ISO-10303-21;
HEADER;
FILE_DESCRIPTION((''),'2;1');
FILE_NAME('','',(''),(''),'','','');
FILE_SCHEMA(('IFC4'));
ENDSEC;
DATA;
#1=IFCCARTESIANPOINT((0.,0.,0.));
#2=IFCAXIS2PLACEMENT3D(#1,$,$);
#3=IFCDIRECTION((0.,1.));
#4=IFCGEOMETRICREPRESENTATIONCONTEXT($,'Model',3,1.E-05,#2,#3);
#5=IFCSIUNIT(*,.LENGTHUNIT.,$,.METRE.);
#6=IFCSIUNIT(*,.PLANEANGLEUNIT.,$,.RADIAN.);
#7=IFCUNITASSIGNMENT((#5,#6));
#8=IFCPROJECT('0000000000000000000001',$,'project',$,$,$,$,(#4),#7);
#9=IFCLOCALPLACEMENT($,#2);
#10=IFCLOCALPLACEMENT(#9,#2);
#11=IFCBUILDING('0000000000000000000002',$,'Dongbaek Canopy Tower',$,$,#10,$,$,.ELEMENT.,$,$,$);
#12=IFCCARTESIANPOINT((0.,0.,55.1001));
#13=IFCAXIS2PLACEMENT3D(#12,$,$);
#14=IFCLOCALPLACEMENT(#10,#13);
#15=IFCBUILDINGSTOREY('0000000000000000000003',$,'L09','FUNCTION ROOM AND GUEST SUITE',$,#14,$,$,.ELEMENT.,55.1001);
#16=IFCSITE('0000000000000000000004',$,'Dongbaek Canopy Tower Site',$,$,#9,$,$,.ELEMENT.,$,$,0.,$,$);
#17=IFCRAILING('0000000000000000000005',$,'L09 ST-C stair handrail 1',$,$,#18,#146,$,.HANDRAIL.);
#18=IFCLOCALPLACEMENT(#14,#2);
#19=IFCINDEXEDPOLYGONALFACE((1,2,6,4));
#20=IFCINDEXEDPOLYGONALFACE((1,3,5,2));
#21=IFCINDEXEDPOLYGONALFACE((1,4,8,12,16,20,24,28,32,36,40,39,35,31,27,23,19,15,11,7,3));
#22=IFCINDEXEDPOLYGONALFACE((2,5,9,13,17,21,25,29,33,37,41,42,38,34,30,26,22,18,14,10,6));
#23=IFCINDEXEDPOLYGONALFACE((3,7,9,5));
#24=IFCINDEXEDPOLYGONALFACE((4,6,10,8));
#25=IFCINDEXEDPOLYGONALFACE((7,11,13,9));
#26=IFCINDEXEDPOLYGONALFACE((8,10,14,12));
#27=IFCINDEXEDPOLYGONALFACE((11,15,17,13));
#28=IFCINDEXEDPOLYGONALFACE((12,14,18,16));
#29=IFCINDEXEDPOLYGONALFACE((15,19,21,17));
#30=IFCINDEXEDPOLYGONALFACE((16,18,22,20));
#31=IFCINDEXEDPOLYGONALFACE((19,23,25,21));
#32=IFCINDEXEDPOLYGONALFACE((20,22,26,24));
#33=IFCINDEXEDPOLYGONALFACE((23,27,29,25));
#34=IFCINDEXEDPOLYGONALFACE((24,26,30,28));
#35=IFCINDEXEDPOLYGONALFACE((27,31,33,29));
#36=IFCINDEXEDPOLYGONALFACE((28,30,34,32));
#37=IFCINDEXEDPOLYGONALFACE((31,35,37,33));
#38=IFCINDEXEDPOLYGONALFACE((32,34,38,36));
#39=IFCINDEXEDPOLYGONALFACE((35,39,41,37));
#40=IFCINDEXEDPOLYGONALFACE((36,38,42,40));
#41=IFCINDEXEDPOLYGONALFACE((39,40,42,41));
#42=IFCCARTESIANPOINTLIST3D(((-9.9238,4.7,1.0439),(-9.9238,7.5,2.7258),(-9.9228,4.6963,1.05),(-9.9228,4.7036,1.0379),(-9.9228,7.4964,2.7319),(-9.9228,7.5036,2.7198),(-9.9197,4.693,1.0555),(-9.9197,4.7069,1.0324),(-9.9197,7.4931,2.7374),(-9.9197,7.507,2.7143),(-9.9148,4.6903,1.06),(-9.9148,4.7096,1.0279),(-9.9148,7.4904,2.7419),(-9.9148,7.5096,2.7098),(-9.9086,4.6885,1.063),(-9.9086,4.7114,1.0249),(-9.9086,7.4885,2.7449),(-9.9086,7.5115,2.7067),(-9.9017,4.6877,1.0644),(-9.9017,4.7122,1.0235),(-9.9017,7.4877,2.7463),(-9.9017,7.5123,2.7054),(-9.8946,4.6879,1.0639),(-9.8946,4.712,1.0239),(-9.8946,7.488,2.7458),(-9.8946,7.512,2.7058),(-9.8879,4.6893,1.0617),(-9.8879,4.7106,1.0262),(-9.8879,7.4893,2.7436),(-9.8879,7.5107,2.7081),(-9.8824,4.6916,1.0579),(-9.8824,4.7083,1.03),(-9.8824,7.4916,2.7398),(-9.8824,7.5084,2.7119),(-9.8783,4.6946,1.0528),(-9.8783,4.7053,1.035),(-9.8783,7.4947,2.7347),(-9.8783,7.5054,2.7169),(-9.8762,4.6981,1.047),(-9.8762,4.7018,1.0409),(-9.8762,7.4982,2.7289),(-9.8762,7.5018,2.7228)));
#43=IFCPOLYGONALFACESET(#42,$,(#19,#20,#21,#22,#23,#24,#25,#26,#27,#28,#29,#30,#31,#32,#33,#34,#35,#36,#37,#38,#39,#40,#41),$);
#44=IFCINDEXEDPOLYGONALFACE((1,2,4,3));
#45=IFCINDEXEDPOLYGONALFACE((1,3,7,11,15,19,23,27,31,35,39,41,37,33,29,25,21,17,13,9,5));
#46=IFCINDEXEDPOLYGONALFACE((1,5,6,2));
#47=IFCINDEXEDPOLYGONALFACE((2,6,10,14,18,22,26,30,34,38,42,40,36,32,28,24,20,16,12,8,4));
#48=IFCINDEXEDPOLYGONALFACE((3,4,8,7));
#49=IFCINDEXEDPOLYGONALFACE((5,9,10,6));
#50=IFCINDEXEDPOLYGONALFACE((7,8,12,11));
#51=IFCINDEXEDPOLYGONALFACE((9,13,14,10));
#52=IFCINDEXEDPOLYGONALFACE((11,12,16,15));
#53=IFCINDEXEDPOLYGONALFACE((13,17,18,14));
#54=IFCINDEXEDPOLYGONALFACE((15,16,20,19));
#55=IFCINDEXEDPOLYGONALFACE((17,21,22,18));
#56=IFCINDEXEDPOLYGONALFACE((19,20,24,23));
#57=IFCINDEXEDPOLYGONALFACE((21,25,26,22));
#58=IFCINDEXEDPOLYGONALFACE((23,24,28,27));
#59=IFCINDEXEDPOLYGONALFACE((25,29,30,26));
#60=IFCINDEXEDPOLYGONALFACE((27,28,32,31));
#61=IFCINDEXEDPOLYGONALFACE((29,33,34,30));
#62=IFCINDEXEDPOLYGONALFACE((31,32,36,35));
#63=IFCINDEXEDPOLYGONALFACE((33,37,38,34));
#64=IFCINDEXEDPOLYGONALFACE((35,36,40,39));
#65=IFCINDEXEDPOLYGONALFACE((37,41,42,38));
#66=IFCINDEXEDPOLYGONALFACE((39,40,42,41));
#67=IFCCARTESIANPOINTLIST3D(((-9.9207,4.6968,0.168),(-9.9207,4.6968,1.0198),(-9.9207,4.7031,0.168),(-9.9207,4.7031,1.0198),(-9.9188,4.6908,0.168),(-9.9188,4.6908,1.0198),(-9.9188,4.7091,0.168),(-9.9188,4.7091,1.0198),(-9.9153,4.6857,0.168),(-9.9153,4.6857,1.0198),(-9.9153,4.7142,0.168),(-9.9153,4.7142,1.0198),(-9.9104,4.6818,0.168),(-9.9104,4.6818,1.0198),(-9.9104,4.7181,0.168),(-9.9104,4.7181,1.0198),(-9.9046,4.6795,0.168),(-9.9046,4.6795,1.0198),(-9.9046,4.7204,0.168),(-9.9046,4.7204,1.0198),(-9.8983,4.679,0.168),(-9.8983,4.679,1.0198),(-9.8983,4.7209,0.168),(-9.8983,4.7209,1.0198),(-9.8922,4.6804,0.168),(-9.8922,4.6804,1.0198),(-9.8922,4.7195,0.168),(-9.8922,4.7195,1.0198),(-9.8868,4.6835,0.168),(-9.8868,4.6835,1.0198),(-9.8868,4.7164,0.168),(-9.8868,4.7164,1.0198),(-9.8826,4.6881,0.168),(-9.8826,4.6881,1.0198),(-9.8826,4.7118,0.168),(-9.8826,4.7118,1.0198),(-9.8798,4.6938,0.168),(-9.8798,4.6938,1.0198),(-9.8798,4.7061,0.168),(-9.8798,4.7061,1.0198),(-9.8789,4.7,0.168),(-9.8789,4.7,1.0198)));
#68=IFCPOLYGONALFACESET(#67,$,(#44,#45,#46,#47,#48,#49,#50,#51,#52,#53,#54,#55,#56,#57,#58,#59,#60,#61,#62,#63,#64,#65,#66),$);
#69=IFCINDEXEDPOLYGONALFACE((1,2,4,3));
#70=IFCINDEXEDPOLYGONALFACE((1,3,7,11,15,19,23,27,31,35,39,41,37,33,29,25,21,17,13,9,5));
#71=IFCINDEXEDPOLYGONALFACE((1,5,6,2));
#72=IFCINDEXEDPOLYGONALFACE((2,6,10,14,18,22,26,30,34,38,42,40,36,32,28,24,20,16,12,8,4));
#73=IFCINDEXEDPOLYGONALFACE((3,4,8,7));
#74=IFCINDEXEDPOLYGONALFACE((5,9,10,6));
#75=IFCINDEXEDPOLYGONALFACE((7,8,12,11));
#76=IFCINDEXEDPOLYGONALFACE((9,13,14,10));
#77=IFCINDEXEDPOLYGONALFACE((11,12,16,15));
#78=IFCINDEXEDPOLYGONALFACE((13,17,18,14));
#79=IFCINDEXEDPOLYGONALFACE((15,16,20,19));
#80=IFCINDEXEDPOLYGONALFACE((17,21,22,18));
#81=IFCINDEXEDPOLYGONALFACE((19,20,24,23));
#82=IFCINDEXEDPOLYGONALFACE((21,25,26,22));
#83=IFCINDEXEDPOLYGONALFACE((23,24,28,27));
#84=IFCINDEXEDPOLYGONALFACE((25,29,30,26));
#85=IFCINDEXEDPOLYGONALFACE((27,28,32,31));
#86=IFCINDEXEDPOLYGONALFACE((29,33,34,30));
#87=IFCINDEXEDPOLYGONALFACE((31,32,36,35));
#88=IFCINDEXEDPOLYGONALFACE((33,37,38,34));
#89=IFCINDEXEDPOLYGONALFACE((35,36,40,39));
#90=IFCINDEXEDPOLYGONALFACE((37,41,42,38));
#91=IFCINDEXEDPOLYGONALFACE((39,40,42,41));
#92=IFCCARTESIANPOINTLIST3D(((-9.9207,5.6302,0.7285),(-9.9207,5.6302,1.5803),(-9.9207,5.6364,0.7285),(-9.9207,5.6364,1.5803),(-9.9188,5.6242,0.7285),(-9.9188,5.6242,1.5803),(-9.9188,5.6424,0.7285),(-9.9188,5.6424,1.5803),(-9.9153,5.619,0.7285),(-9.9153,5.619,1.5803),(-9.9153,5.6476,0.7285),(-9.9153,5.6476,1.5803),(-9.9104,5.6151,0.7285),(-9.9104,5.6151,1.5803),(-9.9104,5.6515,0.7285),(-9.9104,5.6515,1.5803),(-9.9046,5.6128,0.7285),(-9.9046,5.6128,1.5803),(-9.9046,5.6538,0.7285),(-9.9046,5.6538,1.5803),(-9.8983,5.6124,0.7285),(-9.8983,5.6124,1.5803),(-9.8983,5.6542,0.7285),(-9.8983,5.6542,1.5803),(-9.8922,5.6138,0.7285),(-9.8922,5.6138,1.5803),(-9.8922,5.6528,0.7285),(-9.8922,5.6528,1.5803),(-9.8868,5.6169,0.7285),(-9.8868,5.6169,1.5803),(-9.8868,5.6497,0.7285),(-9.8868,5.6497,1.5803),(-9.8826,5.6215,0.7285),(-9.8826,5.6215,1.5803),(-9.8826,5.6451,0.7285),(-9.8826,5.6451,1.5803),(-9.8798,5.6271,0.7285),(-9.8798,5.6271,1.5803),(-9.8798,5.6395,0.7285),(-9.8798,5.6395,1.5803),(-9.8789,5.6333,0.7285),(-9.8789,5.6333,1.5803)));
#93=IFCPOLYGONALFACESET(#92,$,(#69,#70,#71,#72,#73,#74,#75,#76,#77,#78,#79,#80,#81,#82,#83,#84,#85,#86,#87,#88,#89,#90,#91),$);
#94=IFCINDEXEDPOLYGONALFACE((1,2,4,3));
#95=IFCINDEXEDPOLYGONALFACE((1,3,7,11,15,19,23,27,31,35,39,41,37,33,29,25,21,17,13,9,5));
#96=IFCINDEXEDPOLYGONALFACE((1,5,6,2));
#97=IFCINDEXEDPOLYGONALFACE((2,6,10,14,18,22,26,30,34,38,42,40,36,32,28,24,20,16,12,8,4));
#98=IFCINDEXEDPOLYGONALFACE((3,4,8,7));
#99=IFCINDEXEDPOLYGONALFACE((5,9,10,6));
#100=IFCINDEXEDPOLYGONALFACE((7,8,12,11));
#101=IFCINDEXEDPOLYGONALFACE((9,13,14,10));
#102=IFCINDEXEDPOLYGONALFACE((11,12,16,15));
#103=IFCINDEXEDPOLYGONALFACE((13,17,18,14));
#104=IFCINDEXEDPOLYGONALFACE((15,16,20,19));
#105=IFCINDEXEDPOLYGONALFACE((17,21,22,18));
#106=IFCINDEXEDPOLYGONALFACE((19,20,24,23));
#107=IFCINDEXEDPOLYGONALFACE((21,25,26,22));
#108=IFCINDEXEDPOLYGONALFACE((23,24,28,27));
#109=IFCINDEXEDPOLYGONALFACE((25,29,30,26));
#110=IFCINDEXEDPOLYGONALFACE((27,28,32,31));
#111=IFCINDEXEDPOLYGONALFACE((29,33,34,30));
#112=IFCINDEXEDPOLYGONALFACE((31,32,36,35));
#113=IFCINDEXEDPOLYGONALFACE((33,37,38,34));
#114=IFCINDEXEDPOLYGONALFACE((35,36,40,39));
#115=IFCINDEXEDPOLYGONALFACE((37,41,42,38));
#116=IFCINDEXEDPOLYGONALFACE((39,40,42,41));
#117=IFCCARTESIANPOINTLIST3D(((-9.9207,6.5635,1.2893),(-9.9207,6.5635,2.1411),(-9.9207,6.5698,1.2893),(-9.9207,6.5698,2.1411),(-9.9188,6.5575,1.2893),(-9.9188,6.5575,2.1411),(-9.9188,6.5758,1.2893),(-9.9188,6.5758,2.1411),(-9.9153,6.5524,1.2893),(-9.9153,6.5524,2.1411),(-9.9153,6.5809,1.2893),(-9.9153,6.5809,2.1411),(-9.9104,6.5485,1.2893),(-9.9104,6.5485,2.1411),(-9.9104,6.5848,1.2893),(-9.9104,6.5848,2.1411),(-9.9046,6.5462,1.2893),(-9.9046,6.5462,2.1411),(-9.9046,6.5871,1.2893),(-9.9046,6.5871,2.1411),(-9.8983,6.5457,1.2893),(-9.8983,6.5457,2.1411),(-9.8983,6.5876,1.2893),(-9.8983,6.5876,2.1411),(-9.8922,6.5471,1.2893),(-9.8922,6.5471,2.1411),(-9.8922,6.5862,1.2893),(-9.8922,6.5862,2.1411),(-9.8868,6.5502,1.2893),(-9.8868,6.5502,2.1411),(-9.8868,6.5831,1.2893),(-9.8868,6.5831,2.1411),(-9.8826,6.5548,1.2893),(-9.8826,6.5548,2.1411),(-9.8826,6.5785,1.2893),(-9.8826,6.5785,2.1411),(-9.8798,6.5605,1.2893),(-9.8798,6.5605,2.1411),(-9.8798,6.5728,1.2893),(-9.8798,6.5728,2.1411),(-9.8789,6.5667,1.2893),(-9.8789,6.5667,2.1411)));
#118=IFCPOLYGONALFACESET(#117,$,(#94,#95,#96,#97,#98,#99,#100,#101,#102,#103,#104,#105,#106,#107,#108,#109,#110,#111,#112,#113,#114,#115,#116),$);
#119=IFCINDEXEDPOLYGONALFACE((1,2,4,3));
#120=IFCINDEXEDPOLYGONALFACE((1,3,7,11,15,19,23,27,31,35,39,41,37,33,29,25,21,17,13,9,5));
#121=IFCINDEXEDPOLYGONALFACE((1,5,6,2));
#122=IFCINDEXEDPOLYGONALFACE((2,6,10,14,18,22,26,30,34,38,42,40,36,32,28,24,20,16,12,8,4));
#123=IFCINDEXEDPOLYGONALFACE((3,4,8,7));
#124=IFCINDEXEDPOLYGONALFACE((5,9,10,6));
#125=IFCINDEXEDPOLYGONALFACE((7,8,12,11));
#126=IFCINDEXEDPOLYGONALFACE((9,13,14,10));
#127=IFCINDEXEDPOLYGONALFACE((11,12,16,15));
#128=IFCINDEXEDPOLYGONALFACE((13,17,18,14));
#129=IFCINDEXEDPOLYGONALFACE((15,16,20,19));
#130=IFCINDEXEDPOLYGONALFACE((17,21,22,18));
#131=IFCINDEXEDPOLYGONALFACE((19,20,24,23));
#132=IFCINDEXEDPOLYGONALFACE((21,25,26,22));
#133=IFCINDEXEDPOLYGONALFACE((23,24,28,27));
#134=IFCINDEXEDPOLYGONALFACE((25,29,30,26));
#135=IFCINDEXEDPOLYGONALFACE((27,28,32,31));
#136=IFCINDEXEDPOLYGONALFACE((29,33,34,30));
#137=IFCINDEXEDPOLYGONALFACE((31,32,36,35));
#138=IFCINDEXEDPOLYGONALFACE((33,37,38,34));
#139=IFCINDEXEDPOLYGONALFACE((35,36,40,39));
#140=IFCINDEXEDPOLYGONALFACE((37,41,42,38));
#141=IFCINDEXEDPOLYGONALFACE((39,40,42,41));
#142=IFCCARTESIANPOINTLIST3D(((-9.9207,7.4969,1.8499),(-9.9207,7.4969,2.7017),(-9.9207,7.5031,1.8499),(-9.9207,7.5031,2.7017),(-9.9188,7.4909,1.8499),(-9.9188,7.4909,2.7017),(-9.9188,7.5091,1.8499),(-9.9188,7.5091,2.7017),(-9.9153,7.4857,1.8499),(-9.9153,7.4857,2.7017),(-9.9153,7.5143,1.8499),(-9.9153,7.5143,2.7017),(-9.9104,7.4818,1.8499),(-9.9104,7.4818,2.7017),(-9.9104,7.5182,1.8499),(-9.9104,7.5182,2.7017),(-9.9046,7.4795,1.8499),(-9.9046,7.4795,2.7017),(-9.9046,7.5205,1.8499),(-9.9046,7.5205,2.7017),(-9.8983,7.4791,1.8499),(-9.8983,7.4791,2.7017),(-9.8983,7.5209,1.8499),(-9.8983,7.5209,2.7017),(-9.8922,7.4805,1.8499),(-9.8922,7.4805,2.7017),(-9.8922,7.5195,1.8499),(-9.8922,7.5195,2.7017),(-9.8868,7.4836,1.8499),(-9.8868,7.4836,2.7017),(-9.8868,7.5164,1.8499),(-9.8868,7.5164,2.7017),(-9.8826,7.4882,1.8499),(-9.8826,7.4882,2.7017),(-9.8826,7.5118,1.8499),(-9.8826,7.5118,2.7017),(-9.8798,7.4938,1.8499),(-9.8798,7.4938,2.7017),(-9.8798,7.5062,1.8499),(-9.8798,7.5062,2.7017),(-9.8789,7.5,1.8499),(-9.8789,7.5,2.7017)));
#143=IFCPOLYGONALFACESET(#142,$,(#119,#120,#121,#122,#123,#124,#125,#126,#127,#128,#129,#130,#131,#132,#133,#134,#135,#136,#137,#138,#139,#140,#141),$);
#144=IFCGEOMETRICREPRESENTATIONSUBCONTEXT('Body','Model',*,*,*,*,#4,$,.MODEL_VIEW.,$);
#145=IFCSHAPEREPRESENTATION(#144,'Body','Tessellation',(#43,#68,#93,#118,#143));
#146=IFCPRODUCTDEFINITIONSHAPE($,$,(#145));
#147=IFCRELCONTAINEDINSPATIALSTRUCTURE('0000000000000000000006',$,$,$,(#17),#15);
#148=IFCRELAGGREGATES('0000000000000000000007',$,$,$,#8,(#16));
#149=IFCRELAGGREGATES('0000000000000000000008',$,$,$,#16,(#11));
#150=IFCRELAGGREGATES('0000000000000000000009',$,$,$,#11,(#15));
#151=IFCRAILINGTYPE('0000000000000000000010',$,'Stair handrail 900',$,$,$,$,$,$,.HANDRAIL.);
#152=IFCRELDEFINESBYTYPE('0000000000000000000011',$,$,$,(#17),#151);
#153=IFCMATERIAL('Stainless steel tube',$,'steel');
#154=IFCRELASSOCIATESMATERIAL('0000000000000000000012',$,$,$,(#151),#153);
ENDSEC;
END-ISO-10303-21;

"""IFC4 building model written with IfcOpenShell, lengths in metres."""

from ifc_helpers import new_model, si_unit, direction, frame, origin, origin_2d, place, context, subcontext, project, spatial, circle, extrude, material, type_object, element, save


model = new_model("IFC4")

# Units and contexts
model_context = context("Model", 3, precision=1e-05, world=origin(), true_north=direction((0.0, 1.0)))
body_context = subcontext(model_context, "Body", "Model", "MODEL_VIEW")
ifc_project = project(units=[si_unit("LENGTHUNIT", "METRE"), si_unit("PLANEANGLEUNIT", "RADIAN")], contexts=[model_context])

# Site, building, storey
site_placement = place(None, origin())
site = spatial("IfcSite", under=ifc_project, at=site_placement, Name="Dongbaek Canopy Tower Site", CompositionType="ELEMENT", RefElevation=0.0)
building_placement = place(site_placement, origin())
building = spatial("IfcBuilding", under=site, at=building_placement, Name="Dongbaek Canopy Tower", CompositionType="ELEMENT")
storey_placement = place(building_placement, frame((0.0, 0.0, 55.1001)))
storey = spatial("IfcBuildingStorey", under=building, at=storey_placement, Name="L09", Description="FUNCTION ROOM AND GUEST SUITE", CompositionType="ELEMENT", Elevation=55.1001)

# Railing
ifc_material_1 = material(Name="Stainless steel tube", Category="steel")
railing_type_1 = type_object("IfcRailingType", Name="Stair handrail 900", PredefinedType="HANDRAIL", material=ifc_material_1)
railing_1_placement = place(storey_placement, frame((-9.8999, 4.7, 0.168)))
element("IfcRailing", 1, at=railing_1_placement, inside=storey, type_object=railing_type_1, Name="L09 ST-C stair handrail 1", PredefinedType="HANDRAIL", context=body_context, shape_type="SweptSolid", body=[
    extrude(circle(Radius=0.0239, at=origin_2d()), frame((0.0, 0.0, 0.876), z_axis=(0.0, 0.857242, 0.514913), x_axis=(-1.0, 0.0, 0.0)), (0.0, 0.0, 1.0), 3.2664),
    extrude(circle(Radius=0.021, at=origin_2d()), origin(), (0.0, 0.0, 1.0), 0.8518),
    extrude(circle(Radius=0.021, at=origin_2d()), frame((0.0, 0.9333, 0.5605)), (0.0, 0.0, 1.0), 0.8518),
    extrude(circle(Radius=0.021, at=origin_2d()), frame((0.0, 1.8667, 1.1213)), (0.0, 0.0, 1.0), 0.8518),
    extrude(circle(Radius=0.021, at=origin_2d()), frame((0.0, 2.8, 1.6819)), (0.0, 0.0, 1.0), 0.8518),
])

save(model, "model.ifc")
